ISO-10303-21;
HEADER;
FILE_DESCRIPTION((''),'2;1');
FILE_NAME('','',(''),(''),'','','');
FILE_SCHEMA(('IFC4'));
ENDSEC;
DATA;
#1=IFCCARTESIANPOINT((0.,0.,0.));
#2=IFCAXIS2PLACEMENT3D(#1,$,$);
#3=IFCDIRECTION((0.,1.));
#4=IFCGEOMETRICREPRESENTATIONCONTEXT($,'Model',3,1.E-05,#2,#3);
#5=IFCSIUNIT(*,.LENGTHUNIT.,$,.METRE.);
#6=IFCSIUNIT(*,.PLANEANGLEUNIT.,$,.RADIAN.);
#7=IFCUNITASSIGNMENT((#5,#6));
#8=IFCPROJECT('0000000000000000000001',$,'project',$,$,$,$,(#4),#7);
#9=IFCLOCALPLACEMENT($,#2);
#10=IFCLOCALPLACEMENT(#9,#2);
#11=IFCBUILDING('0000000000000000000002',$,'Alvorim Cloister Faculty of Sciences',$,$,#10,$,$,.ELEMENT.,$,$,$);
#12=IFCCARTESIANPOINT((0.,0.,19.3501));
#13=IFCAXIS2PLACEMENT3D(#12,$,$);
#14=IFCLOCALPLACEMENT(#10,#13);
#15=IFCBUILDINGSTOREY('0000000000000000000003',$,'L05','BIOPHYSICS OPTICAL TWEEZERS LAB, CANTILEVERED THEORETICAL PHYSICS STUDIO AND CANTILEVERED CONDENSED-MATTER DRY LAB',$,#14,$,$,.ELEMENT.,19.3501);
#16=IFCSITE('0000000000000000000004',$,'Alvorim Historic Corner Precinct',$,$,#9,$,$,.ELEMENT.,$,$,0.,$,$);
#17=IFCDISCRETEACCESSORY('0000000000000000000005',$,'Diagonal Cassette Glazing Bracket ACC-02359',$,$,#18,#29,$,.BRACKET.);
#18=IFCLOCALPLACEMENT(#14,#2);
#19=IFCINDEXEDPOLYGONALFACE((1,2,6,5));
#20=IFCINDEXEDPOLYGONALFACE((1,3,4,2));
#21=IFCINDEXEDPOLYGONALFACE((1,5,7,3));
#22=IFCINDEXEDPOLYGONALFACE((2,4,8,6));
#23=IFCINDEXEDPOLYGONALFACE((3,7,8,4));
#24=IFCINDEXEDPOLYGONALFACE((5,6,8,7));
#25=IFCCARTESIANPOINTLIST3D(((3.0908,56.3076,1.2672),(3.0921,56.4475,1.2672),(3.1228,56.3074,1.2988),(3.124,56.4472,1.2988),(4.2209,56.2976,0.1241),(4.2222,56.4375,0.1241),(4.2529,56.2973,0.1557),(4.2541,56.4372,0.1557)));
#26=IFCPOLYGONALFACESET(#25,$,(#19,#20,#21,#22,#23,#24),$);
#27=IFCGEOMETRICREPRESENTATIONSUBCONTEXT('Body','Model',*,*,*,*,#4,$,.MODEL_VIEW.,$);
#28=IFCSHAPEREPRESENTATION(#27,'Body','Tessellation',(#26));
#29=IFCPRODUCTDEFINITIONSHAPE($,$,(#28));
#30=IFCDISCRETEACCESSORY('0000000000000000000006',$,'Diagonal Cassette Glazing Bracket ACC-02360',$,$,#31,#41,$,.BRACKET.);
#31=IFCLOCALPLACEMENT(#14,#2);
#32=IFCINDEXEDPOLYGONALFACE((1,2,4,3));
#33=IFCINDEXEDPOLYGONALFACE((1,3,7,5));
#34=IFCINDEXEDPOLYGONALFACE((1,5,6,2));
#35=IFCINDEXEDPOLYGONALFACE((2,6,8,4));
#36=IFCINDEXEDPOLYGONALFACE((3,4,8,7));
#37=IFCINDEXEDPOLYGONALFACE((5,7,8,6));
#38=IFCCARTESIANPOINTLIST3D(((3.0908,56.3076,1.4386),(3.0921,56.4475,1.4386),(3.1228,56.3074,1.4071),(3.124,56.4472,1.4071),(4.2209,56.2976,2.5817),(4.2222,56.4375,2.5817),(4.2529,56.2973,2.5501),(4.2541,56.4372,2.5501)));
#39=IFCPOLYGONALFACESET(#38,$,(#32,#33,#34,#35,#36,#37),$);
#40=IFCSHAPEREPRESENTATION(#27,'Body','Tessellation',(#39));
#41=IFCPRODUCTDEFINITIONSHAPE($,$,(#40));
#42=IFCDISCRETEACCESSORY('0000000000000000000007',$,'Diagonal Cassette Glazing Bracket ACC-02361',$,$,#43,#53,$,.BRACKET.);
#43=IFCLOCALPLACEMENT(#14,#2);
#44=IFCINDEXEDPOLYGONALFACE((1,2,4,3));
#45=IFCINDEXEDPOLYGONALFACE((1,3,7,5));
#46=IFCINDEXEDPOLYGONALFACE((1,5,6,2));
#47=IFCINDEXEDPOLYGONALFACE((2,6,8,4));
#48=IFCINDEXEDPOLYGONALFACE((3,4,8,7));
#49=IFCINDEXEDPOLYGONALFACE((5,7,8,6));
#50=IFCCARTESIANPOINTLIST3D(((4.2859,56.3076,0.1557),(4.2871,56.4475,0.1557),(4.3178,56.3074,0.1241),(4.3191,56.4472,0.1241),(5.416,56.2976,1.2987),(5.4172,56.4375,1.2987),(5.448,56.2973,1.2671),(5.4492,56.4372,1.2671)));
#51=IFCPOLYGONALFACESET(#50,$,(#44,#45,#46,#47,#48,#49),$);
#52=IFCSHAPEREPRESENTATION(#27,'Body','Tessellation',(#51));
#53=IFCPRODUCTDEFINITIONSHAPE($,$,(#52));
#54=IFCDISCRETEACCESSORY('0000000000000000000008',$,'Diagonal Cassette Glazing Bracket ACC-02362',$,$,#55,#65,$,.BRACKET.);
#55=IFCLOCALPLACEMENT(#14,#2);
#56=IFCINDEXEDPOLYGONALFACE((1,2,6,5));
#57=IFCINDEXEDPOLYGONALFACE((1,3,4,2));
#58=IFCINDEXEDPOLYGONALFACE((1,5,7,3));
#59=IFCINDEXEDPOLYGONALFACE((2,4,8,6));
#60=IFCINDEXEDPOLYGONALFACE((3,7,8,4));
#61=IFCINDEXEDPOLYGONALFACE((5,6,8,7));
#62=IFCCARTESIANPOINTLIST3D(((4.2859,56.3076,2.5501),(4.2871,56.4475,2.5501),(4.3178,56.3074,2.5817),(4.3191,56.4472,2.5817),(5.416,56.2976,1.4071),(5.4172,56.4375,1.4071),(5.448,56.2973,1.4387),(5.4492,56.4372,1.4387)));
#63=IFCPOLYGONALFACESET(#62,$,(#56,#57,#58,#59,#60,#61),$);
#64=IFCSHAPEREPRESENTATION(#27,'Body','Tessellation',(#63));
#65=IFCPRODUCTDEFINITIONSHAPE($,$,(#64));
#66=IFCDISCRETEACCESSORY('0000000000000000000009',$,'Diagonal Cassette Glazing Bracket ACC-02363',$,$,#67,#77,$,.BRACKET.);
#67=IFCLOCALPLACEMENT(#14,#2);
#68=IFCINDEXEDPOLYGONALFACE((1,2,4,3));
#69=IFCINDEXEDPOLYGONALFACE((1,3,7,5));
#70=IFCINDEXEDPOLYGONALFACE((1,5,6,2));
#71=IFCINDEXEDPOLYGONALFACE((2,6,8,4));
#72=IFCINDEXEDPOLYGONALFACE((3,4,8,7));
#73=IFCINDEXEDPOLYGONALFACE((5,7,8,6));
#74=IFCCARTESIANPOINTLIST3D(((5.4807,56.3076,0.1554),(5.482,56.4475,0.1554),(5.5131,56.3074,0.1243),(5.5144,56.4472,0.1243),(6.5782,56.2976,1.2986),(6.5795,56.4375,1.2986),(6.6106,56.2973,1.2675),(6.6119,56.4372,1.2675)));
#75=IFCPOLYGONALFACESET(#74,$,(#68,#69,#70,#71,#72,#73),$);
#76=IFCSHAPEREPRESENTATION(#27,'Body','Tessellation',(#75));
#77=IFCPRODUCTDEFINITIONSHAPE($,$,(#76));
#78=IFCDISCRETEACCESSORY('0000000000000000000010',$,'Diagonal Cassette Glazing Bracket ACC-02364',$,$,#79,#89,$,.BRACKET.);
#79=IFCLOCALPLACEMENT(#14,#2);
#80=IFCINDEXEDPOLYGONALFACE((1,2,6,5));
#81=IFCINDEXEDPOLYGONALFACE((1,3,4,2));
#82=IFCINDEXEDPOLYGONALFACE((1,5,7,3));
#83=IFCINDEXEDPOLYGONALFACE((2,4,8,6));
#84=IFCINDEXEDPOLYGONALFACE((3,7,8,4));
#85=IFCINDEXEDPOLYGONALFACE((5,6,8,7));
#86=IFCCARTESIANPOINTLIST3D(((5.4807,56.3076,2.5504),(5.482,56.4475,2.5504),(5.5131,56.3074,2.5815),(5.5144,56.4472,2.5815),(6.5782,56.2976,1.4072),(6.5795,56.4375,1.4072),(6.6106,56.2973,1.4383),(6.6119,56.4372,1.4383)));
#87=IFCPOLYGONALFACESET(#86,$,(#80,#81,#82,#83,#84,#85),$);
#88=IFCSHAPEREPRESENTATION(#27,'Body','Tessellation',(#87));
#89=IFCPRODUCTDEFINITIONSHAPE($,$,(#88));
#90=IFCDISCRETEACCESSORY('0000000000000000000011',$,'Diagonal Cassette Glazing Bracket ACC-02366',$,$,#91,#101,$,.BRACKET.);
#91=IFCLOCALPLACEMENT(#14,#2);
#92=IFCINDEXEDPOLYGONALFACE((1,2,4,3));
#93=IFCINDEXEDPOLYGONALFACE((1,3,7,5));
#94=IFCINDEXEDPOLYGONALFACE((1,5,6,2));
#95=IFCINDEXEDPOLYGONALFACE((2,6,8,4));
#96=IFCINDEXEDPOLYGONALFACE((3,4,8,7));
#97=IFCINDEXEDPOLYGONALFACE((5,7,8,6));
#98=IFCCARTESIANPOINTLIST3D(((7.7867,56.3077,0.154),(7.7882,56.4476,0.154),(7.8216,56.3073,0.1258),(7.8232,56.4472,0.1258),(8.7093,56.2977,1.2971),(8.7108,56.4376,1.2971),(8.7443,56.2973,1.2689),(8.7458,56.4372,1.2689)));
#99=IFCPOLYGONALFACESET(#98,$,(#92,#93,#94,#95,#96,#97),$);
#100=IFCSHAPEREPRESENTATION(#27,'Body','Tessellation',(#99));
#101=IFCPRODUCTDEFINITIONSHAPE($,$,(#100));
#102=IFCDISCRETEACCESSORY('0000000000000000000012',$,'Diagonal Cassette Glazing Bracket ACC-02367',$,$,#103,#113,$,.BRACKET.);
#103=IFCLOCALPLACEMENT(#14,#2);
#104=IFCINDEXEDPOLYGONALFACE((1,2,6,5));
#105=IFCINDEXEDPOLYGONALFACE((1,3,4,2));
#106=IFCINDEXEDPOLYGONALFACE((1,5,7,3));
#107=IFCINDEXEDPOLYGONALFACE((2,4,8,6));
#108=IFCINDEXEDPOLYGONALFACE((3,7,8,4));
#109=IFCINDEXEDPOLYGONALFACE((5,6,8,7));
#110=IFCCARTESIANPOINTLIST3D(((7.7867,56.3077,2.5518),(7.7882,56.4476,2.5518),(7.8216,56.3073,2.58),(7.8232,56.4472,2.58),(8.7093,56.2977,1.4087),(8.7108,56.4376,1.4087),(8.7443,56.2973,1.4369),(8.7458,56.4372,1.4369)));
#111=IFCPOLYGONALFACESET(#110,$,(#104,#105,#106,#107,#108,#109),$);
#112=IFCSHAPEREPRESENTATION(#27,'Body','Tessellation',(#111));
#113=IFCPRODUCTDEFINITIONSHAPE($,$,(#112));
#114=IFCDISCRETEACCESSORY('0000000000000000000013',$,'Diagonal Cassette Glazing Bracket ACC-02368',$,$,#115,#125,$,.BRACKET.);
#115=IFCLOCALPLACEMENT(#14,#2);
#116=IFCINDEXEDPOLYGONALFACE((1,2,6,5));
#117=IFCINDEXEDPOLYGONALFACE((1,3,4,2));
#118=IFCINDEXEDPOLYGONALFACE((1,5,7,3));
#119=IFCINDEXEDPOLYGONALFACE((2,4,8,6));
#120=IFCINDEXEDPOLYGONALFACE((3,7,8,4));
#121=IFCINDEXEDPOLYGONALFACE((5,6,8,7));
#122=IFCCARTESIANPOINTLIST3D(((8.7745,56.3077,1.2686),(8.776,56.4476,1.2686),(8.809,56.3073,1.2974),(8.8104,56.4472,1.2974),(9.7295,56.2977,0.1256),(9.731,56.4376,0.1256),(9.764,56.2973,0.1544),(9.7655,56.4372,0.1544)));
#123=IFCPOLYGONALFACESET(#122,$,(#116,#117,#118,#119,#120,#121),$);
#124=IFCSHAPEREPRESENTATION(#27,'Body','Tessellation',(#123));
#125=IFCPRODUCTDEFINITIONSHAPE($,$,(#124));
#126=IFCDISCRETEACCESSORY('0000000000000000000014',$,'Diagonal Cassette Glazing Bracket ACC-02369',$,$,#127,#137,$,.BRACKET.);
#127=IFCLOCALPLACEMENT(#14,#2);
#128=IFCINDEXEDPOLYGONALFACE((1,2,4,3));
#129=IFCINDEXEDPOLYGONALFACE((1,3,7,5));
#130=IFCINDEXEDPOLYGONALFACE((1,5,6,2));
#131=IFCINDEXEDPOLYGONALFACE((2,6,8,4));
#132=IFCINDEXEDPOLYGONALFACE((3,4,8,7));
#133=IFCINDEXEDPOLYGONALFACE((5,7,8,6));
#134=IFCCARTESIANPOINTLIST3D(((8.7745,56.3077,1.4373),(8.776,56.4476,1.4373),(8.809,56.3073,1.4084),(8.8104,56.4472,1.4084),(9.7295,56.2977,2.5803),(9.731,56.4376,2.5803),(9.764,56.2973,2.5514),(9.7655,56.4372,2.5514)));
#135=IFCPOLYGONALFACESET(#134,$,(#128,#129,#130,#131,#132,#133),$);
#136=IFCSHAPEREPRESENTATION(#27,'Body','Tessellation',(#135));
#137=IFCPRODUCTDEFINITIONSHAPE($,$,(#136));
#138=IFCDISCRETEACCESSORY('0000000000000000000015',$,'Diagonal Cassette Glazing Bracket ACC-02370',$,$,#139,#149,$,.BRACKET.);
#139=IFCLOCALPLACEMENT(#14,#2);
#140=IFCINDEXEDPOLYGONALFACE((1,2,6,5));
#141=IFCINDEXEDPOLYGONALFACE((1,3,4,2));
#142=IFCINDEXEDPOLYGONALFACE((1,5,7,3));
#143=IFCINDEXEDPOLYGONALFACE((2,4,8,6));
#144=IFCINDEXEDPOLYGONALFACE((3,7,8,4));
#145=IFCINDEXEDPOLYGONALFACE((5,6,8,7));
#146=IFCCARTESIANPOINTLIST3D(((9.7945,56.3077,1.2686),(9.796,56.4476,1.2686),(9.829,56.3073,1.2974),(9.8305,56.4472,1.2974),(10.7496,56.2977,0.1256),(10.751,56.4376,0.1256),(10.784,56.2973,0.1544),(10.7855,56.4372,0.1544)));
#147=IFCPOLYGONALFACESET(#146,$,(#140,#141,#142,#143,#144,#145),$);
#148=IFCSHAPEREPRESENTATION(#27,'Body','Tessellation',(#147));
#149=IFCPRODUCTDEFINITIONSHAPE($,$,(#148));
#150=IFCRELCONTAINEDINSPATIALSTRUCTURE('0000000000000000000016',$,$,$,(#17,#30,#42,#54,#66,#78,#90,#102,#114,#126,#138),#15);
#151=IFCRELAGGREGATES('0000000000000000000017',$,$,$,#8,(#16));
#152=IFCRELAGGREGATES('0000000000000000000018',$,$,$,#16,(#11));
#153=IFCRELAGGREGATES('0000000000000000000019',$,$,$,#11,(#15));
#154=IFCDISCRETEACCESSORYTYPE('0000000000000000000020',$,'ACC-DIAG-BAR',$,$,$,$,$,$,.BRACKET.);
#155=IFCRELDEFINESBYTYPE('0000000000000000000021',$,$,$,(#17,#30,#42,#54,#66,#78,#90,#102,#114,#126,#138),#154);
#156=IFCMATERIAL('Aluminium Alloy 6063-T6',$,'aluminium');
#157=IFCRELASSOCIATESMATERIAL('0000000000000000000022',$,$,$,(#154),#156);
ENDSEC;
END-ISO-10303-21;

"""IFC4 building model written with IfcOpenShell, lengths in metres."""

from ifc_helpers import new_model, si_unit, direction, frame, origin, origin_2d, place, context, subcontext, project, spatial, rectangle, extrude, material, type_object, element, save


model = new_model("IFC4")

# Units and contexts
model_context = context("Model", 3, precision=1e-05, world=origin(), true_north=direction((0.0, 1.0)))
body_context = subcontext(model_context, "Body", "Model", "MODEL_VIEW")
ifc_project = project(units=[si_unit("LENGTHUNIT", "METRE"), si_unit("PLANEANGLEUNIT", "RADIAN")], contexts=[model_context])

# Site, building, storey
site_placement = place(None, origin())
site = spatial("IfcSite", under=ifc_project, at=site_placement, Name="Alvorim Historic Corner Precinct", CompositionType="ELEMENT", RefElevation=0.0)
building_placement = place(site_placement, origin())
building = spatial("IfcBuilding", under=site, at=building_placement, Name="Alvorim Cloister Faculty of Sciences", CompositionType="ELEMENT")
storey_placement = place(building_placement, frame((0.0, 0.0, 19.3501)))
storey = spatial("IfcBuildingStorey", under=building, at=storey_placement, Name="L05", Description="BIOPHYSICS OPTICAL TWEEZERS LAB, CANTILEVERED THEORETICAL PHYSICS STUDIO AND CANTILEVERED CONDENSED-MATTER DRY LAB", CompositionType="ELEMENT", Elevation=19.3501)

# Discrete accessories
ifc_material_1 = material(Name="Aluminium Alloy 6063-T6", Category="aluminium")
discrete_accessory_type = type_object("IfcDiscreteAccessoryType", Name="ACC-DIAG-BAR", PredefinedType="BRACKET", material=ifc_material_1)
for number, where, z_axis, x_axis, name in (
    (1, (3.1074, 56.3774, 1.283), (0.703057, -0.006227, -0.711106), (0.008857, 0.999961, 0.0), "Diagonal Cassette Glazing Bracket ACC-02359"),
    (2, (3.1074, 56.3774, 1.4229), (0.703057, -0.006227, 0.711106), (0.008857, 0.999961, 0.0), "Diagonal Cassette Glazing Bracket ACC-02360"),
    (3, (4.3025, 56.3774, 0.1399), (0.703057, -0.006227, 0.711106), (0.008857, 0.999961, 0.0), "Diagonal Cassette Glazing Bracket ACC-02361"),
    (4, (4.3025, 56.3774, 2.5659), (0.703057, -0.006227, -0.711106), (0.008857, 0.999961, 0.0), "Diagonal Cassette Glazing Bracket ACC-02362"),
):
    element("IfcDiscreteAccessory", number, at=place(storey_placement, frame(where, z_axis=z_axis, x_axis=x_axis)), inside=storey, type_object=discrete_accessory_type, Name=name, PredefinedType="BRACKET", context=body_context, shape_type="SweptSolid", body=[
        extrude(rectangle(XDim=0.1399, YDim=0.0449, at=origin_2d()), origin(), (0.0, 0.0, 1.0), 1.6074),
    ])
for number, where, z_axis, x_axis, name in (
    (5, (5.4976, 56.3774, 0.1399), (0.69254, -0.006317, 0.721351), (0.009121, 0.999958, 0.0), "Diagonal Cassette Glazing Bracket ACC-02363"),
    (6, (5.4976, 56.3774, 2.5659), (0.69254, -0.006317, -0.721351), (0.009121, 0.999958, 0.0), "Diagonal Cassette Glazing Bracket ACC-02364"),
):
    element("IfcDiscreteAccessory", number, at=place(storey_placement, frame(where, z_axis=z_axis, x_axis=x_axis)), inside=storey, type_object=discrete_accessory_type, Name=name, PredefinedType="BRACKET", context=body_context, shape_type="SweptSolid", body=[
        extrude(rectangle(XDim=0.1399, YDim=0.0449, at=origin_2d()), origin(), (0.0, 0.0, 1.0), 1.5847),
    ])
for number, where, z_axis, x_axis, name in (
    (7, (7.8049, 56.3774, 0.1399), (0.628059, -0.006814, 0.778136), (0.010849, 0.999941, 0.0), "Diagonal Cassette Glazing Bracket ACC-02366"),
    (8, (7.8049, 56.3774, 2.5659), (0.628059, -0.006814, -0.778136), (0.010849, 0.999941, 0.0), "Diagonal Cassette Glazing Bracket ACC-02367"),
):
    element("IfcDiscreteAccessory", number, at=place(storey_placement, frame(where, z_axis=z_axis, x_axis=x_axis)), inside=storey, type_object=discrete_accessory_type, Name=name, PredefinedType="BRACKET", context=body_context, shape_type="SweptSolid", body=[
        extrude(rectangle(XDim=0.1399, YDim=0.0449, at=origin_2d()), origin(), (0.0, 0.0, 1.0), 1.469),
    ])
for number, where, z_axis, x_axis, name in (
    (9, (8.7925, 56.3774, 1.283), (0.641169, -0.00672, -0.76737), (0.01048, 0.999945, 0.0), "Diagonal Cassette Glazing Bracket ACC-02368"),
    (10, (8.7925, 56.3774, 1.4229), (0.641169, -0.00672, 0.76737), (0.01048, 0.999945, 0.0), "Diagonal Cassette Glazing Bracket ACC-02369"),
    (11, (9.8125, 56.3774, 1.283), (0.641169, -0.00672, -0.76737), (0.01048, 0.999945, 0.0), "Diagonal Cassette Glazing Bracket ACC-02370"),
):
    element("IfcDiscreteAccessory", number, at=place(storey_placement, frame(where, z_axis=z_axis, x_axis=x_axis)), inside=storey, type_object=discrete_accessory_type, Name=name, PredefinedType="BRACKET", context=body_context, shape_type="SweptSolid", body=[
        extrude(rectangle(XDim=0.1399, YDim=0.0449, at=origin_2d()), origin(), (0.0, 0.0, 1.0), 1.4895),
    ])

save(model, "model.ifc")
